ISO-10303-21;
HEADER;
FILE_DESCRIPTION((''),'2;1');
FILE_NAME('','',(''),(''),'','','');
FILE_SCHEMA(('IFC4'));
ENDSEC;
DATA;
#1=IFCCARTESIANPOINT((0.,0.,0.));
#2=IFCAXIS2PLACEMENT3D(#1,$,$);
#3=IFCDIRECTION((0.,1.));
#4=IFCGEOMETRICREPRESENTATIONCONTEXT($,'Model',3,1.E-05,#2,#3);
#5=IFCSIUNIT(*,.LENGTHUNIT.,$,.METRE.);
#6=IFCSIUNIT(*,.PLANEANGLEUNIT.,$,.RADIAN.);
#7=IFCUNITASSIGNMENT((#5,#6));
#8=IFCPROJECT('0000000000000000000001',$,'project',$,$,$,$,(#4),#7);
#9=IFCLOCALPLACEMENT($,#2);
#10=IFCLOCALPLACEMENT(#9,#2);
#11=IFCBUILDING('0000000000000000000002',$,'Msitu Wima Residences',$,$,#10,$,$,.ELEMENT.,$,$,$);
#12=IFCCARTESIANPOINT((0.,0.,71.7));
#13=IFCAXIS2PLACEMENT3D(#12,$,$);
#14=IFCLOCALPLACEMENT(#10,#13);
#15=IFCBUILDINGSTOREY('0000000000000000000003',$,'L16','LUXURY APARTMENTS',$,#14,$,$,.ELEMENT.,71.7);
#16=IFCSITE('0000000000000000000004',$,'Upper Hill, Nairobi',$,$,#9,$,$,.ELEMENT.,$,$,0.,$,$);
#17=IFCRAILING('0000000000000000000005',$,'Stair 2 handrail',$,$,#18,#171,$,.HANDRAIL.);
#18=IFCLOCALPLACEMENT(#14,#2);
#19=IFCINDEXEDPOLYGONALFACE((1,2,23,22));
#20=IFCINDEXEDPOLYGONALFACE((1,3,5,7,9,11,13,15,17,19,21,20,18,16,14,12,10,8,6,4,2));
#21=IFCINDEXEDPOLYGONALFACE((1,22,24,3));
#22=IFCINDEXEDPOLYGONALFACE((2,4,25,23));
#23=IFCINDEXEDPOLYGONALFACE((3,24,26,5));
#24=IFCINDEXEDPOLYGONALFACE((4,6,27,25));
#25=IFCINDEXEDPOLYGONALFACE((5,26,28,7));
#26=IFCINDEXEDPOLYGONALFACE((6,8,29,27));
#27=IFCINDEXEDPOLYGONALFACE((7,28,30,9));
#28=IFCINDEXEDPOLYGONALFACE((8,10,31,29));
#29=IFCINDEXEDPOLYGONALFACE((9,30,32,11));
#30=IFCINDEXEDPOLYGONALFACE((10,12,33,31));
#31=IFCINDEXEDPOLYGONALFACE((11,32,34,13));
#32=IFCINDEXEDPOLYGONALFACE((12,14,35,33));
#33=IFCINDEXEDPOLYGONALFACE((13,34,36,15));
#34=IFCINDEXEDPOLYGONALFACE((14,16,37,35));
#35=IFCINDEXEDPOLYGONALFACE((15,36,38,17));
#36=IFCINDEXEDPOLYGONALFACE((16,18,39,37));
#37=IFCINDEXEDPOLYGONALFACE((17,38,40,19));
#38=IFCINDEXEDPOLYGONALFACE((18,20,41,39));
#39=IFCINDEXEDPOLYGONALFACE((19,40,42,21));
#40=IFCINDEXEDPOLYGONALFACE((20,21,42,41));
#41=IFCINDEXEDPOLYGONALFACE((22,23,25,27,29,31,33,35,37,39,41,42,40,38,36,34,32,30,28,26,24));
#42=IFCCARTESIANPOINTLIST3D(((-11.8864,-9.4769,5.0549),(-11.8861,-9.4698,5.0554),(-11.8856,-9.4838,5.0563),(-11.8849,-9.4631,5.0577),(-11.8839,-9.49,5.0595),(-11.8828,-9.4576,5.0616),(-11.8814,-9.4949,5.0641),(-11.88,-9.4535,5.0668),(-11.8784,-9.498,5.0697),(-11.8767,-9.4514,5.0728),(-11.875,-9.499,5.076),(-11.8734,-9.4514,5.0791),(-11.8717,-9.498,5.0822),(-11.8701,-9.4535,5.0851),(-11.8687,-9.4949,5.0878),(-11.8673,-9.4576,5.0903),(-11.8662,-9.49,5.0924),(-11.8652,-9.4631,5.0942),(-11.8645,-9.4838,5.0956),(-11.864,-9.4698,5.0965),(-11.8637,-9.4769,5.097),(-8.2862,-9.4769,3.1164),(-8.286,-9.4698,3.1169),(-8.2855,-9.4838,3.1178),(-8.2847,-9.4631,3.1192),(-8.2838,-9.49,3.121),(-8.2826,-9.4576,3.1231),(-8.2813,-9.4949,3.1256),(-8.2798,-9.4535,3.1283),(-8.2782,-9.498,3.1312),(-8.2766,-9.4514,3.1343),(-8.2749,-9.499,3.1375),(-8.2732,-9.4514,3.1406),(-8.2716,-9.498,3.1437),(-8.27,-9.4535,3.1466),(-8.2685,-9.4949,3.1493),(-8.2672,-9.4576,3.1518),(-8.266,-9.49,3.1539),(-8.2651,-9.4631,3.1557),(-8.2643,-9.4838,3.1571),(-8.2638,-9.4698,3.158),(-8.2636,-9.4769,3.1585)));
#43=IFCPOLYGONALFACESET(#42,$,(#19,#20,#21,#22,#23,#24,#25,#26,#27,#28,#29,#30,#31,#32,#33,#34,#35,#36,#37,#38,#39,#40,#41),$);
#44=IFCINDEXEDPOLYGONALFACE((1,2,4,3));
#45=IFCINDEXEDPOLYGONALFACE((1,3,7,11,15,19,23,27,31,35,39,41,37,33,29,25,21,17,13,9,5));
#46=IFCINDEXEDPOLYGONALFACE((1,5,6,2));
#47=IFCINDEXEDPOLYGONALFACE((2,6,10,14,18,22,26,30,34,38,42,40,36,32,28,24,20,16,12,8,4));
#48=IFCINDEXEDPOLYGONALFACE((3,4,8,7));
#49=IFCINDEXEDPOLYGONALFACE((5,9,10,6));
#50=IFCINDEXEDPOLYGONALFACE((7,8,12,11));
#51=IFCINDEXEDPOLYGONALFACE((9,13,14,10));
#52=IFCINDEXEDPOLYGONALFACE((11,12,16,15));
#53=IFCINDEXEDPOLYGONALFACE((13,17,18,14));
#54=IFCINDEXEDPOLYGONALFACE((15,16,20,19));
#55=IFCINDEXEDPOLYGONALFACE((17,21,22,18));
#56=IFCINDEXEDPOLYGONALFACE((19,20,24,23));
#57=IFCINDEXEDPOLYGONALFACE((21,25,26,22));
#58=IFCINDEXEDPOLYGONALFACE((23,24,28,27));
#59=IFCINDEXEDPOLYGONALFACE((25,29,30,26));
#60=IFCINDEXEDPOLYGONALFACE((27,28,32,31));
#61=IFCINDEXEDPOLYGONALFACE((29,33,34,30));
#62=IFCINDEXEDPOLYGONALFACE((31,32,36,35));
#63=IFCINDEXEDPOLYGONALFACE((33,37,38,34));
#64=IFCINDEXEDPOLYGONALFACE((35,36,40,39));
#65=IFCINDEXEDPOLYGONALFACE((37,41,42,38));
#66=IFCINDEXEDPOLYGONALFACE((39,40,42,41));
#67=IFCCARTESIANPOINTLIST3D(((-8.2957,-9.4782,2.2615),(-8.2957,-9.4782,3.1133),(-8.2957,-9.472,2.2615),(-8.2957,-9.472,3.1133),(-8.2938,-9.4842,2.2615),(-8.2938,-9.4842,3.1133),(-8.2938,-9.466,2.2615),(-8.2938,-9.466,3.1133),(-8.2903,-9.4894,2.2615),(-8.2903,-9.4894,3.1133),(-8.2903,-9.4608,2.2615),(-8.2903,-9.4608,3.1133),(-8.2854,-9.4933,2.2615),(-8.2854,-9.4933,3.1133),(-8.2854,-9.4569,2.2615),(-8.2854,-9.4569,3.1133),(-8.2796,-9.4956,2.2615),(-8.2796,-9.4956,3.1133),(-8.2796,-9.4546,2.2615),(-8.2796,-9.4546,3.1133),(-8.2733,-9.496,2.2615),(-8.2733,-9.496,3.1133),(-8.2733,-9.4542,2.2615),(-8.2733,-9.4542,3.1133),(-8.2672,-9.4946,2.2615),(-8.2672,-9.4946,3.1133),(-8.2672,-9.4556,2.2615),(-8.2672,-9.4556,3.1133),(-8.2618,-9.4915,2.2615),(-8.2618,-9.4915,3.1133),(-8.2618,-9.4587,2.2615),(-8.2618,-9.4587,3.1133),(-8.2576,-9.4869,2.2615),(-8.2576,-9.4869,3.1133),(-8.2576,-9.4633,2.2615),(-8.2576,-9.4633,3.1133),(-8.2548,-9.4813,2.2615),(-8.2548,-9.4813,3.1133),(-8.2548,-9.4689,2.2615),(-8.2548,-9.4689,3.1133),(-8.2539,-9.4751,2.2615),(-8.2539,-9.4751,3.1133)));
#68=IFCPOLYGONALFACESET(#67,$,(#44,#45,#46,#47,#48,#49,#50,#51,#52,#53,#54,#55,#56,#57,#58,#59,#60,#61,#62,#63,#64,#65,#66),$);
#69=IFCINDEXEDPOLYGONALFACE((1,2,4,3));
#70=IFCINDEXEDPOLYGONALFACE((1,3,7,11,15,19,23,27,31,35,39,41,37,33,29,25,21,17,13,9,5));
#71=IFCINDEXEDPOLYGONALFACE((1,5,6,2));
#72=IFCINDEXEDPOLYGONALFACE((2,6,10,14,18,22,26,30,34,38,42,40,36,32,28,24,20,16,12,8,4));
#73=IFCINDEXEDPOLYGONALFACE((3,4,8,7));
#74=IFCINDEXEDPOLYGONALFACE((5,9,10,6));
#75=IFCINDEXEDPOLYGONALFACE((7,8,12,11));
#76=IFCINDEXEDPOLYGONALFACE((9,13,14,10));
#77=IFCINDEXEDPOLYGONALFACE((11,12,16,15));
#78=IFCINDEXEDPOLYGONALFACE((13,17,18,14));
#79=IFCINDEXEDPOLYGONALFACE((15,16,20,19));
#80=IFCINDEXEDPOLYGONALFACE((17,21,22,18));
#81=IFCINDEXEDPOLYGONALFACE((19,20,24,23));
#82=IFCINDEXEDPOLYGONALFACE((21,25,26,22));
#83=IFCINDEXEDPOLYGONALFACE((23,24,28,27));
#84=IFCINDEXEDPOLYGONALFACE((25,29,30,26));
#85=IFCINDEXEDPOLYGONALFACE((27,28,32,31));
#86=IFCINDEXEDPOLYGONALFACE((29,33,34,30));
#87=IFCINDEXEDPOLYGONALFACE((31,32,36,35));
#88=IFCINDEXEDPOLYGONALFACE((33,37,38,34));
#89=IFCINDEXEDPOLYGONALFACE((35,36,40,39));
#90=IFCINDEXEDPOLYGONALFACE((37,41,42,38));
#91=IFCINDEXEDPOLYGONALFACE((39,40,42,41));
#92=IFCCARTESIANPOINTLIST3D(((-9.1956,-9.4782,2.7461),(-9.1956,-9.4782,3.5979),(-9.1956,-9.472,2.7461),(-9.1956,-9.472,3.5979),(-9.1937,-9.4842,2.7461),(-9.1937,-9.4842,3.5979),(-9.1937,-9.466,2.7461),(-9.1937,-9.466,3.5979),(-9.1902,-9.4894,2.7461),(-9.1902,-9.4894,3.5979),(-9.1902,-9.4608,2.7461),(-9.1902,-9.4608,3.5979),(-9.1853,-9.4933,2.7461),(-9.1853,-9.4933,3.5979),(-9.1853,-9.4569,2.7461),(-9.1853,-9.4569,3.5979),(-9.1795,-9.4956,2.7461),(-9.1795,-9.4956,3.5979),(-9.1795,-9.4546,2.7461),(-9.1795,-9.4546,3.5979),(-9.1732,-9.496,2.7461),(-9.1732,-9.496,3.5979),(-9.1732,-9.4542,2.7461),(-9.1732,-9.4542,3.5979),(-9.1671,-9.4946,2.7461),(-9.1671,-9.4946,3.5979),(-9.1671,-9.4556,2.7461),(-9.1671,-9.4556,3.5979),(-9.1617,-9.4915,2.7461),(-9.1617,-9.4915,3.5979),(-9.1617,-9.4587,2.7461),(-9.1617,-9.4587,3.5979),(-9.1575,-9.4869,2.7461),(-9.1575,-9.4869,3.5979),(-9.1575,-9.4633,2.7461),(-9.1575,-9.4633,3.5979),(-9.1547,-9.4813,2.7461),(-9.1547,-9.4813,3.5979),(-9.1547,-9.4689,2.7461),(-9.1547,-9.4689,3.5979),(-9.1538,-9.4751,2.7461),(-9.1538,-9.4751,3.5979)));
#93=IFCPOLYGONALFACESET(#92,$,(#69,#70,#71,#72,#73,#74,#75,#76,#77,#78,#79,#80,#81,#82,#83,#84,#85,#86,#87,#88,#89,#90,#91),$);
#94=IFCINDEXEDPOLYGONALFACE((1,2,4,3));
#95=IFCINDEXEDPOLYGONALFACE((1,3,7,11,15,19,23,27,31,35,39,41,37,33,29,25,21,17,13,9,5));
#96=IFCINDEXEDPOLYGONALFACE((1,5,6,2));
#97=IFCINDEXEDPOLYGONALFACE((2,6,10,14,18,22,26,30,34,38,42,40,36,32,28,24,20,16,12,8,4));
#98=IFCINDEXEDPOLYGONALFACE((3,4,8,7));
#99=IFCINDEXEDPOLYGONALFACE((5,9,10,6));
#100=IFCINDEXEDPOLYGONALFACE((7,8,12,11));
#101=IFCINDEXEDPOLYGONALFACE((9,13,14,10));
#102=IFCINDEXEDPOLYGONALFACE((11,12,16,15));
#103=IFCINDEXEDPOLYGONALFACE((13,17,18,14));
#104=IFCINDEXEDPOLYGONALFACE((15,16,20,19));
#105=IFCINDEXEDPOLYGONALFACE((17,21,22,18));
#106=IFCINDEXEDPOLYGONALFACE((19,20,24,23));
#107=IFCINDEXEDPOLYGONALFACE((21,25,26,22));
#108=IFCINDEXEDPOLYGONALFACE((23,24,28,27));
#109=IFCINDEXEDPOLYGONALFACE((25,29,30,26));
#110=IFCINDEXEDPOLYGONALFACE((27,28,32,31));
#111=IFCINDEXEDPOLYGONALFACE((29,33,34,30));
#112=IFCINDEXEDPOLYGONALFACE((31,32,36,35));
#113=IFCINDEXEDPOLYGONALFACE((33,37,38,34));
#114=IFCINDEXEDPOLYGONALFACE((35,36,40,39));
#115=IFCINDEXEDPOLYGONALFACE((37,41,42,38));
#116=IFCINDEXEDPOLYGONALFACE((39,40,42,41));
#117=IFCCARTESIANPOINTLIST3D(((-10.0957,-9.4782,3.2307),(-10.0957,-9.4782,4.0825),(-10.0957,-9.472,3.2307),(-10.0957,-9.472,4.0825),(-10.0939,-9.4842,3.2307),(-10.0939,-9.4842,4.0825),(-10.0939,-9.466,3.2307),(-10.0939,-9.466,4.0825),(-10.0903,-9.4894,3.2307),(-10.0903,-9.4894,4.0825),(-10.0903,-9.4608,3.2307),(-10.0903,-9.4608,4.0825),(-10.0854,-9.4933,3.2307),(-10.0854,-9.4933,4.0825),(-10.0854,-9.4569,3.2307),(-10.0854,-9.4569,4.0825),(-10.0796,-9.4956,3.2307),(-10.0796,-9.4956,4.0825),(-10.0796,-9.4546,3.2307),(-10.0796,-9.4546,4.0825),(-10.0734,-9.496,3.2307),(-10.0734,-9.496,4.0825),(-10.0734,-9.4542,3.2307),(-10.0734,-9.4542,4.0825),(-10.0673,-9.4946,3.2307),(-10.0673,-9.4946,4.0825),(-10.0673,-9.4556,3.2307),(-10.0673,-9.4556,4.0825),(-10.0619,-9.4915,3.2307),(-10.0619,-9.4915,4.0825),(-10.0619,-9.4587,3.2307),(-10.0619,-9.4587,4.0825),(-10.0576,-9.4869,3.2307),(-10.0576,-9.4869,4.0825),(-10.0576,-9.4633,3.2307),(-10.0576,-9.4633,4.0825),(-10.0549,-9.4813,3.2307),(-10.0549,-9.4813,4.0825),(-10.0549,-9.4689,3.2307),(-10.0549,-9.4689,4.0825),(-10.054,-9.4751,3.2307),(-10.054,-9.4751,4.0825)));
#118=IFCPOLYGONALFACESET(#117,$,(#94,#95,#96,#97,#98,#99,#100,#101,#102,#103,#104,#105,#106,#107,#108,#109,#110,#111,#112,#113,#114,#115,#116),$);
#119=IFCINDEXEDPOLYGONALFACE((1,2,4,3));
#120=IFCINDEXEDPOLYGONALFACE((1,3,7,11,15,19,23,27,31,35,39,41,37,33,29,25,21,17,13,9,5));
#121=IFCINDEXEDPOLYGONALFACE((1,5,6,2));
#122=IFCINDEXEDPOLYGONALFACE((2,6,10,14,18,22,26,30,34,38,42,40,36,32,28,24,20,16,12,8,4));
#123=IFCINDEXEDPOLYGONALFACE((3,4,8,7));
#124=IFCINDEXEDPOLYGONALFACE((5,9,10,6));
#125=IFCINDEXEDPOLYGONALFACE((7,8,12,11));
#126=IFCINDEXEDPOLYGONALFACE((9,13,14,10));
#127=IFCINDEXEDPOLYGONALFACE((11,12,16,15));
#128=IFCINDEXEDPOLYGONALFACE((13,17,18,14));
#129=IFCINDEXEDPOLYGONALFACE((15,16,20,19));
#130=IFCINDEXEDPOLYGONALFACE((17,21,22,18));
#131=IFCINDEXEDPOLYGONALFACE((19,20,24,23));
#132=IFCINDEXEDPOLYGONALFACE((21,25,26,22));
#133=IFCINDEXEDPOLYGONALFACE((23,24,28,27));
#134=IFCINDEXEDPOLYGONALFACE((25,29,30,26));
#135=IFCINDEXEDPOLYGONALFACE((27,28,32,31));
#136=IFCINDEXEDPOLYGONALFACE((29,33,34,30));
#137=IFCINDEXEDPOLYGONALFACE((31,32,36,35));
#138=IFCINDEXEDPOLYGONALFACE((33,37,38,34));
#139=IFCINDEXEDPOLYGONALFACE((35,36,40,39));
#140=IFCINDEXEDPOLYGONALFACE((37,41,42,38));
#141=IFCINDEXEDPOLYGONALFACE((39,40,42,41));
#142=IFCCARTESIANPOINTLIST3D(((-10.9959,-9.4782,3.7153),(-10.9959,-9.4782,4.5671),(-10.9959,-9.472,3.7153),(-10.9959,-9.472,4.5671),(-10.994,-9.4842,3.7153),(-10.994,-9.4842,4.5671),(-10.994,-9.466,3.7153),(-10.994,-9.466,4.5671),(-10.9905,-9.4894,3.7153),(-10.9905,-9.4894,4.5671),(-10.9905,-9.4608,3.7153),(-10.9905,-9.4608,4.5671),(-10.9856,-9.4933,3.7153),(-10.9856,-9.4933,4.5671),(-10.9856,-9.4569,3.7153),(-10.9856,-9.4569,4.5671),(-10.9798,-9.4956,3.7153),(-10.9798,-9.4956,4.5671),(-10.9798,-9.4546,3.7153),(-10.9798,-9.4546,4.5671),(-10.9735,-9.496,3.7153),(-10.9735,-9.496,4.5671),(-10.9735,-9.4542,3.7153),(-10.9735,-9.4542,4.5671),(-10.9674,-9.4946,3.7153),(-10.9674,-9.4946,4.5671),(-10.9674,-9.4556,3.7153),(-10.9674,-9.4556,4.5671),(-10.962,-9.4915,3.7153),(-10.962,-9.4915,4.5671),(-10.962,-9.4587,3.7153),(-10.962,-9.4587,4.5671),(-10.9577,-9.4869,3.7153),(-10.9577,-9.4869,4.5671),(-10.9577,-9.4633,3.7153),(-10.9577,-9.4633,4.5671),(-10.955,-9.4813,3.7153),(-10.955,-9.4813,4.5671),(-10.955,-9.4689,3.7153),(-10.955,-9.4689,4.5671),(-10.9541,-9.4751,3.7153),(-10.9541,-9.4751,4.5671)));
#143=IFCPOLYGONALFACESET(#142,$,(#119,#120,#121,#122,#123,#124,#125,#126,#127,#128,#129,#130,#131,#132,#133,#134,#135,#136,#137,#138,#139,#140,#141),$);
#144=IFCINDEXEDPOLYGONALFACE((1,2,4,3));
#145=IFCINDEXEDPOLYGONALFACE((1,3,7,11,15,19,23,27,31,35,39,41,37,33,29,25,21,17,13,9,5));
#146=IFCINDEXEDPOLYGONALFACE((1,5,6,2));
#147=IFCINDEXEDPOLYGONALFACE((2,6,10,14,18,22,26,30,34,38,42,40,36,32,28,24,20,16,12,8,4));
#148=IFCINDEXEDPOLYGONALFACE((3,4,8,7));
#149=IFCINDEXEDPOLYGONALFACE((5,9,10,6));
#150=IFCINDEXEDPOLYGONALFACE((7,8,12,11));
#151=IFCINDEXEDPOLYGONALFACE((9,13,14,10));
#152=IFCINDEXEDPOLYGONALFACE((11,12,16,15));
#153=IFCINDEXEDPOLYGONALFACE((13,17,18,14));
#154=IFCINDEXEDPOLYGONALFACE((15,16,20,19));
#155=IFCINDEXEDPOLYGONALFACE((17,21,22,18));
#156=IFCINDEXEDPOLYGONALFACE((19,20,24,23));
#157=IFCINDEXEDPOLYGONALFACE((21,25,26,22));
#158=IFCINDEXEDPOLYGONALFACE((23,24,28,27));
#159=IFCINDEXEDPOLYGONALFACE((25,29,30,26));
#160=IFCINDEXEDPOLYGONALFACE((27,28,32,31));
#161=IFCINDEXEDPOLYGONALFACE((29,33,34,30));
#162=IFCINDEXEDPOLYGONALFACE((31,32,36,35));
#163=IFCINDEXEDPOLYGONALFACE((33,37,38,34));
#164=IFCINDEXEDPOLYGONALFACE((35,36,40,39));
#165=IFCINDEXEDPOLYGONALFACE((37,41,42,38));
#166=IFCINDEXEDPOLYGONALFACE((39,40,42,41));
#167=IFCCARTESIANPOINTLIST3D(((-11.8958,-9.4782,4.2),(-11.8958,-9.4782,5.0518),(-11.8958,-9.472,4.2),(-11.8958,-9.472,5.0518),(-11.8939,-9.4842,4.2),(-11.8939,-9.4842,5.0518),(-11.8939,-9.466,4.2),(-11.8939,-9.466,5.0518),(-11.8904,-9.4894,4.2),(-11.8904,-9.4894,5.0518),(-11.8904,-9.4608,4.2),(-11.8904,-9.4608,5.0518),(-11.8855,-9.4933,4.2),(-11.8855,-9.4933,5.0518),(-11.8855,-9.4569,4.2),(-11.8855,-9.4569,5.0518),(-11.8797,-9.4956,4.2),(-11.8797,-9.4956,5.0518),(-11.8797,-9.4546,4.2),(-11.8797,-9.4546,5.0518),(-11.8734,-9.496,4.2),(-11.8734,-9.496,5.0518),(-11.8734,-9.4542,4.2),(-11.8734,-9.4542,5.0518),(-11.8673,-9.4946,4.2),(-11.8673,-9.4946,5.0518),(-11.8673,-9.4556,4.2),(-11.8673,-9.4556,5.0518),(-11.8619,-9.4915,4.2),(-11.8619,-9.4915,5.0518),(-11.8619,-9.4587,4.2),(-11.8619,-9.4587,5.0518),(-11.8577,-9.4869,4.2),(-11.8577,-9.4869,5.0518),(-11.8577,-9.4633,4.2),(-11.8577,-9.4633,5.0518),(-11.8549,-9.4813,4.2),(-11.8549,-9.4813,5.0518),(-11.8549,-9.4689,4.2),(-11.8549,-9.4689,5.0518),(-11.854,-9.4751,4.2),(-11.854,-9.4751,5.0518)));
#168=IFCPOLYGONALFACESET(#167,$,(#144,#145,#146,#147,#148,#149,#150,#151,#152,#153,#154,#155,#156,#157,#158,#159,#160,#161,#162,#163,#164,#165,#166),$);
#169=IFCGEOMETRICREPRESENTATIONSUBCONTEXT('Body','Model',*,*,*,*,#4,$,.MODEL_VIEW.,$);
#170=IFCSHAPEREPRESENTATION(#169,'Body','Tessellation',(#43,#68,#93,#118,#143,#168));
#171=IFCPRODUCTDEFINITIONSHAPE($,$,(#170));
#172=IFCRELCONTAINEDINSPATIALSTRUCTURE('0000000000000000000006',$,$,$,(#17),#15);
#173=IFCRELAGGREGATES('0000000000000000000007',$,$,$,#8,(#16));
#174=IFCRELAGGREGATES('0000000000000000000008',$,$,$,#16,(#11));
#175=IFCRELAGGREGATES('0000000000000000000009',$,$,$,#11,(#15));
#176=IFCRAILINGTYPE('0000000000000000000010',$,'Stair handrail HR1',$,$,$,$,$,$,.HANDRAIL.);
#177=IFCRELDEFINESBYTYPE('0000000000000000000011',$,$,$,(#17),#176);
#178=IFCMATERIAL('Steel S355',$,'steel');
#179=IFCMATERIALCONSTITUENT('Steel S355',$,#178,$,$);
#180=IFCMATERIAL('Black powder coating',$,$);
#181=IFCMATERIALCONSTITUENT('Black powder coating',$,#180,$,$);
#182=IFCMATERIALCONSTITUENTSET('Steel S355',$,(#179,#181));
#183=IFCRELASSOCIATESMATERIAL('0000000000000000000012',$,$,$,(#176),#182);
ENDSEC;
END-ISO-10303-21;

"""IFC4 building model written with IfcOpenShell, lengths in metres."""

from ifc_helpers import new_model, si_unit, direction, frame, origin, origin_2d, place, context, subcontext, project, spatial, circle, extrude, material, constituent, constituent_set, type_object, element, save


model = new_model("IFC4")

# Units and contexts
model_context = context("Model", 3, precision=1e-05, world=origin(), true_north=direction((0.0, 1.0)))
body_context = subcontext(model_context, "Body", "Model", "MODEL_VIEW")
ifc_project = project(units=[si_unit("LENGTHUNIT", "METRE"), si_unit("PLANEANGLEUNIT", "RADIAN")], contexts=[model_context])

# Site, building, storey
site_placement = place(None, origin())
site = spatial("IfcSite", under=ifc_project, at=site_placement, Name="Upper Hill, Nairobi", CompositionType="ELEMENT", RefElevation=0.0)
building_placement = place(site_placement, origin())
building = spatial("IfcBuilding", under=site, at=building_placement, Name="Msitu Wima Residences", CompositionType="ELEMENT")
storey_placement = place(building_placement, frame((0.0, 0.0, 71.7)))
storey = spatial("IfcBuildingStorey", under=building, at=storey_placement, Name="L16", Description="LUXURY APARTMENTS", CompositionType="ELEMENT", Elevation=71.7)

# Railing
ifc_material_1 = material(Name="Steel S355", Category="steel")
ifc_constituent_1 = constituent(ifc_material_1, Name="Steel S355")
ifc_material_2 = material(Name="Black powder coating")
ifc_constituent_2 = constituent(ifc_material_2, Name="Black powder coating")
ifc_constituent_set = constituent_set(constituents=[ifc_constituent_1, ifc_constituent_2], Name="Steel S355")
railing_type = type_object("IfcRailingType", Name="Stair handrail HR1", PredefinedType="HANDRAIL", material=ifc_constituent_set)
for number, where, name in (
    (1, (-8.2749, -9.4751, 2.2615), "Stair 2 handrail"),
):
    element("IfcRailing", number, at=place(storey_placement, frame(where)), inside=storey, type_object=railing_type, Name=name, PredefinedType="HANDRAIL", context=body_context, shape_type="SweptSolid", body=[
        extrude(circle(Radius=0.0239, at=origin_2d()), frame((0.0, 0.0, 0.876), z_axis=(-0.880475, 0.0, 0.474093), x_axis=(0.0, -1.0, 0.0)), (0.0, 0.0, 1.0), 4.0889),
        extrude(circle(Radius=0.021, at=origin_2d()), origin(), (0.0, 0.0, 1.0), 0.8518),
        extrude(circle(Radius=0.021, at=origin_2d()), frame((-0.8999, 0.0, 0.4846)), (0.0, 0.0, 1.0), 0.8518),
        extrude(circle(Radius=0.021, at=origin_2d()), frame((-1.8, 0.0, 0.9692)), (0.0, 0.0, 1.0), 0.8518),
        extrude(circle(Radius=0.021, at=origin_2d()), frame((-2.7002, 0.0, 1.4539)), (0.0, 0.0, 1.0), 0.8518),
        extrude(circle(Radius=0.021, at=origin_2d()), frame((-3.6001, 0.0, 1.9385)), (0.0, 0.0, 1.0), 0.8518),
    ])

save(model, "model.ifc")
